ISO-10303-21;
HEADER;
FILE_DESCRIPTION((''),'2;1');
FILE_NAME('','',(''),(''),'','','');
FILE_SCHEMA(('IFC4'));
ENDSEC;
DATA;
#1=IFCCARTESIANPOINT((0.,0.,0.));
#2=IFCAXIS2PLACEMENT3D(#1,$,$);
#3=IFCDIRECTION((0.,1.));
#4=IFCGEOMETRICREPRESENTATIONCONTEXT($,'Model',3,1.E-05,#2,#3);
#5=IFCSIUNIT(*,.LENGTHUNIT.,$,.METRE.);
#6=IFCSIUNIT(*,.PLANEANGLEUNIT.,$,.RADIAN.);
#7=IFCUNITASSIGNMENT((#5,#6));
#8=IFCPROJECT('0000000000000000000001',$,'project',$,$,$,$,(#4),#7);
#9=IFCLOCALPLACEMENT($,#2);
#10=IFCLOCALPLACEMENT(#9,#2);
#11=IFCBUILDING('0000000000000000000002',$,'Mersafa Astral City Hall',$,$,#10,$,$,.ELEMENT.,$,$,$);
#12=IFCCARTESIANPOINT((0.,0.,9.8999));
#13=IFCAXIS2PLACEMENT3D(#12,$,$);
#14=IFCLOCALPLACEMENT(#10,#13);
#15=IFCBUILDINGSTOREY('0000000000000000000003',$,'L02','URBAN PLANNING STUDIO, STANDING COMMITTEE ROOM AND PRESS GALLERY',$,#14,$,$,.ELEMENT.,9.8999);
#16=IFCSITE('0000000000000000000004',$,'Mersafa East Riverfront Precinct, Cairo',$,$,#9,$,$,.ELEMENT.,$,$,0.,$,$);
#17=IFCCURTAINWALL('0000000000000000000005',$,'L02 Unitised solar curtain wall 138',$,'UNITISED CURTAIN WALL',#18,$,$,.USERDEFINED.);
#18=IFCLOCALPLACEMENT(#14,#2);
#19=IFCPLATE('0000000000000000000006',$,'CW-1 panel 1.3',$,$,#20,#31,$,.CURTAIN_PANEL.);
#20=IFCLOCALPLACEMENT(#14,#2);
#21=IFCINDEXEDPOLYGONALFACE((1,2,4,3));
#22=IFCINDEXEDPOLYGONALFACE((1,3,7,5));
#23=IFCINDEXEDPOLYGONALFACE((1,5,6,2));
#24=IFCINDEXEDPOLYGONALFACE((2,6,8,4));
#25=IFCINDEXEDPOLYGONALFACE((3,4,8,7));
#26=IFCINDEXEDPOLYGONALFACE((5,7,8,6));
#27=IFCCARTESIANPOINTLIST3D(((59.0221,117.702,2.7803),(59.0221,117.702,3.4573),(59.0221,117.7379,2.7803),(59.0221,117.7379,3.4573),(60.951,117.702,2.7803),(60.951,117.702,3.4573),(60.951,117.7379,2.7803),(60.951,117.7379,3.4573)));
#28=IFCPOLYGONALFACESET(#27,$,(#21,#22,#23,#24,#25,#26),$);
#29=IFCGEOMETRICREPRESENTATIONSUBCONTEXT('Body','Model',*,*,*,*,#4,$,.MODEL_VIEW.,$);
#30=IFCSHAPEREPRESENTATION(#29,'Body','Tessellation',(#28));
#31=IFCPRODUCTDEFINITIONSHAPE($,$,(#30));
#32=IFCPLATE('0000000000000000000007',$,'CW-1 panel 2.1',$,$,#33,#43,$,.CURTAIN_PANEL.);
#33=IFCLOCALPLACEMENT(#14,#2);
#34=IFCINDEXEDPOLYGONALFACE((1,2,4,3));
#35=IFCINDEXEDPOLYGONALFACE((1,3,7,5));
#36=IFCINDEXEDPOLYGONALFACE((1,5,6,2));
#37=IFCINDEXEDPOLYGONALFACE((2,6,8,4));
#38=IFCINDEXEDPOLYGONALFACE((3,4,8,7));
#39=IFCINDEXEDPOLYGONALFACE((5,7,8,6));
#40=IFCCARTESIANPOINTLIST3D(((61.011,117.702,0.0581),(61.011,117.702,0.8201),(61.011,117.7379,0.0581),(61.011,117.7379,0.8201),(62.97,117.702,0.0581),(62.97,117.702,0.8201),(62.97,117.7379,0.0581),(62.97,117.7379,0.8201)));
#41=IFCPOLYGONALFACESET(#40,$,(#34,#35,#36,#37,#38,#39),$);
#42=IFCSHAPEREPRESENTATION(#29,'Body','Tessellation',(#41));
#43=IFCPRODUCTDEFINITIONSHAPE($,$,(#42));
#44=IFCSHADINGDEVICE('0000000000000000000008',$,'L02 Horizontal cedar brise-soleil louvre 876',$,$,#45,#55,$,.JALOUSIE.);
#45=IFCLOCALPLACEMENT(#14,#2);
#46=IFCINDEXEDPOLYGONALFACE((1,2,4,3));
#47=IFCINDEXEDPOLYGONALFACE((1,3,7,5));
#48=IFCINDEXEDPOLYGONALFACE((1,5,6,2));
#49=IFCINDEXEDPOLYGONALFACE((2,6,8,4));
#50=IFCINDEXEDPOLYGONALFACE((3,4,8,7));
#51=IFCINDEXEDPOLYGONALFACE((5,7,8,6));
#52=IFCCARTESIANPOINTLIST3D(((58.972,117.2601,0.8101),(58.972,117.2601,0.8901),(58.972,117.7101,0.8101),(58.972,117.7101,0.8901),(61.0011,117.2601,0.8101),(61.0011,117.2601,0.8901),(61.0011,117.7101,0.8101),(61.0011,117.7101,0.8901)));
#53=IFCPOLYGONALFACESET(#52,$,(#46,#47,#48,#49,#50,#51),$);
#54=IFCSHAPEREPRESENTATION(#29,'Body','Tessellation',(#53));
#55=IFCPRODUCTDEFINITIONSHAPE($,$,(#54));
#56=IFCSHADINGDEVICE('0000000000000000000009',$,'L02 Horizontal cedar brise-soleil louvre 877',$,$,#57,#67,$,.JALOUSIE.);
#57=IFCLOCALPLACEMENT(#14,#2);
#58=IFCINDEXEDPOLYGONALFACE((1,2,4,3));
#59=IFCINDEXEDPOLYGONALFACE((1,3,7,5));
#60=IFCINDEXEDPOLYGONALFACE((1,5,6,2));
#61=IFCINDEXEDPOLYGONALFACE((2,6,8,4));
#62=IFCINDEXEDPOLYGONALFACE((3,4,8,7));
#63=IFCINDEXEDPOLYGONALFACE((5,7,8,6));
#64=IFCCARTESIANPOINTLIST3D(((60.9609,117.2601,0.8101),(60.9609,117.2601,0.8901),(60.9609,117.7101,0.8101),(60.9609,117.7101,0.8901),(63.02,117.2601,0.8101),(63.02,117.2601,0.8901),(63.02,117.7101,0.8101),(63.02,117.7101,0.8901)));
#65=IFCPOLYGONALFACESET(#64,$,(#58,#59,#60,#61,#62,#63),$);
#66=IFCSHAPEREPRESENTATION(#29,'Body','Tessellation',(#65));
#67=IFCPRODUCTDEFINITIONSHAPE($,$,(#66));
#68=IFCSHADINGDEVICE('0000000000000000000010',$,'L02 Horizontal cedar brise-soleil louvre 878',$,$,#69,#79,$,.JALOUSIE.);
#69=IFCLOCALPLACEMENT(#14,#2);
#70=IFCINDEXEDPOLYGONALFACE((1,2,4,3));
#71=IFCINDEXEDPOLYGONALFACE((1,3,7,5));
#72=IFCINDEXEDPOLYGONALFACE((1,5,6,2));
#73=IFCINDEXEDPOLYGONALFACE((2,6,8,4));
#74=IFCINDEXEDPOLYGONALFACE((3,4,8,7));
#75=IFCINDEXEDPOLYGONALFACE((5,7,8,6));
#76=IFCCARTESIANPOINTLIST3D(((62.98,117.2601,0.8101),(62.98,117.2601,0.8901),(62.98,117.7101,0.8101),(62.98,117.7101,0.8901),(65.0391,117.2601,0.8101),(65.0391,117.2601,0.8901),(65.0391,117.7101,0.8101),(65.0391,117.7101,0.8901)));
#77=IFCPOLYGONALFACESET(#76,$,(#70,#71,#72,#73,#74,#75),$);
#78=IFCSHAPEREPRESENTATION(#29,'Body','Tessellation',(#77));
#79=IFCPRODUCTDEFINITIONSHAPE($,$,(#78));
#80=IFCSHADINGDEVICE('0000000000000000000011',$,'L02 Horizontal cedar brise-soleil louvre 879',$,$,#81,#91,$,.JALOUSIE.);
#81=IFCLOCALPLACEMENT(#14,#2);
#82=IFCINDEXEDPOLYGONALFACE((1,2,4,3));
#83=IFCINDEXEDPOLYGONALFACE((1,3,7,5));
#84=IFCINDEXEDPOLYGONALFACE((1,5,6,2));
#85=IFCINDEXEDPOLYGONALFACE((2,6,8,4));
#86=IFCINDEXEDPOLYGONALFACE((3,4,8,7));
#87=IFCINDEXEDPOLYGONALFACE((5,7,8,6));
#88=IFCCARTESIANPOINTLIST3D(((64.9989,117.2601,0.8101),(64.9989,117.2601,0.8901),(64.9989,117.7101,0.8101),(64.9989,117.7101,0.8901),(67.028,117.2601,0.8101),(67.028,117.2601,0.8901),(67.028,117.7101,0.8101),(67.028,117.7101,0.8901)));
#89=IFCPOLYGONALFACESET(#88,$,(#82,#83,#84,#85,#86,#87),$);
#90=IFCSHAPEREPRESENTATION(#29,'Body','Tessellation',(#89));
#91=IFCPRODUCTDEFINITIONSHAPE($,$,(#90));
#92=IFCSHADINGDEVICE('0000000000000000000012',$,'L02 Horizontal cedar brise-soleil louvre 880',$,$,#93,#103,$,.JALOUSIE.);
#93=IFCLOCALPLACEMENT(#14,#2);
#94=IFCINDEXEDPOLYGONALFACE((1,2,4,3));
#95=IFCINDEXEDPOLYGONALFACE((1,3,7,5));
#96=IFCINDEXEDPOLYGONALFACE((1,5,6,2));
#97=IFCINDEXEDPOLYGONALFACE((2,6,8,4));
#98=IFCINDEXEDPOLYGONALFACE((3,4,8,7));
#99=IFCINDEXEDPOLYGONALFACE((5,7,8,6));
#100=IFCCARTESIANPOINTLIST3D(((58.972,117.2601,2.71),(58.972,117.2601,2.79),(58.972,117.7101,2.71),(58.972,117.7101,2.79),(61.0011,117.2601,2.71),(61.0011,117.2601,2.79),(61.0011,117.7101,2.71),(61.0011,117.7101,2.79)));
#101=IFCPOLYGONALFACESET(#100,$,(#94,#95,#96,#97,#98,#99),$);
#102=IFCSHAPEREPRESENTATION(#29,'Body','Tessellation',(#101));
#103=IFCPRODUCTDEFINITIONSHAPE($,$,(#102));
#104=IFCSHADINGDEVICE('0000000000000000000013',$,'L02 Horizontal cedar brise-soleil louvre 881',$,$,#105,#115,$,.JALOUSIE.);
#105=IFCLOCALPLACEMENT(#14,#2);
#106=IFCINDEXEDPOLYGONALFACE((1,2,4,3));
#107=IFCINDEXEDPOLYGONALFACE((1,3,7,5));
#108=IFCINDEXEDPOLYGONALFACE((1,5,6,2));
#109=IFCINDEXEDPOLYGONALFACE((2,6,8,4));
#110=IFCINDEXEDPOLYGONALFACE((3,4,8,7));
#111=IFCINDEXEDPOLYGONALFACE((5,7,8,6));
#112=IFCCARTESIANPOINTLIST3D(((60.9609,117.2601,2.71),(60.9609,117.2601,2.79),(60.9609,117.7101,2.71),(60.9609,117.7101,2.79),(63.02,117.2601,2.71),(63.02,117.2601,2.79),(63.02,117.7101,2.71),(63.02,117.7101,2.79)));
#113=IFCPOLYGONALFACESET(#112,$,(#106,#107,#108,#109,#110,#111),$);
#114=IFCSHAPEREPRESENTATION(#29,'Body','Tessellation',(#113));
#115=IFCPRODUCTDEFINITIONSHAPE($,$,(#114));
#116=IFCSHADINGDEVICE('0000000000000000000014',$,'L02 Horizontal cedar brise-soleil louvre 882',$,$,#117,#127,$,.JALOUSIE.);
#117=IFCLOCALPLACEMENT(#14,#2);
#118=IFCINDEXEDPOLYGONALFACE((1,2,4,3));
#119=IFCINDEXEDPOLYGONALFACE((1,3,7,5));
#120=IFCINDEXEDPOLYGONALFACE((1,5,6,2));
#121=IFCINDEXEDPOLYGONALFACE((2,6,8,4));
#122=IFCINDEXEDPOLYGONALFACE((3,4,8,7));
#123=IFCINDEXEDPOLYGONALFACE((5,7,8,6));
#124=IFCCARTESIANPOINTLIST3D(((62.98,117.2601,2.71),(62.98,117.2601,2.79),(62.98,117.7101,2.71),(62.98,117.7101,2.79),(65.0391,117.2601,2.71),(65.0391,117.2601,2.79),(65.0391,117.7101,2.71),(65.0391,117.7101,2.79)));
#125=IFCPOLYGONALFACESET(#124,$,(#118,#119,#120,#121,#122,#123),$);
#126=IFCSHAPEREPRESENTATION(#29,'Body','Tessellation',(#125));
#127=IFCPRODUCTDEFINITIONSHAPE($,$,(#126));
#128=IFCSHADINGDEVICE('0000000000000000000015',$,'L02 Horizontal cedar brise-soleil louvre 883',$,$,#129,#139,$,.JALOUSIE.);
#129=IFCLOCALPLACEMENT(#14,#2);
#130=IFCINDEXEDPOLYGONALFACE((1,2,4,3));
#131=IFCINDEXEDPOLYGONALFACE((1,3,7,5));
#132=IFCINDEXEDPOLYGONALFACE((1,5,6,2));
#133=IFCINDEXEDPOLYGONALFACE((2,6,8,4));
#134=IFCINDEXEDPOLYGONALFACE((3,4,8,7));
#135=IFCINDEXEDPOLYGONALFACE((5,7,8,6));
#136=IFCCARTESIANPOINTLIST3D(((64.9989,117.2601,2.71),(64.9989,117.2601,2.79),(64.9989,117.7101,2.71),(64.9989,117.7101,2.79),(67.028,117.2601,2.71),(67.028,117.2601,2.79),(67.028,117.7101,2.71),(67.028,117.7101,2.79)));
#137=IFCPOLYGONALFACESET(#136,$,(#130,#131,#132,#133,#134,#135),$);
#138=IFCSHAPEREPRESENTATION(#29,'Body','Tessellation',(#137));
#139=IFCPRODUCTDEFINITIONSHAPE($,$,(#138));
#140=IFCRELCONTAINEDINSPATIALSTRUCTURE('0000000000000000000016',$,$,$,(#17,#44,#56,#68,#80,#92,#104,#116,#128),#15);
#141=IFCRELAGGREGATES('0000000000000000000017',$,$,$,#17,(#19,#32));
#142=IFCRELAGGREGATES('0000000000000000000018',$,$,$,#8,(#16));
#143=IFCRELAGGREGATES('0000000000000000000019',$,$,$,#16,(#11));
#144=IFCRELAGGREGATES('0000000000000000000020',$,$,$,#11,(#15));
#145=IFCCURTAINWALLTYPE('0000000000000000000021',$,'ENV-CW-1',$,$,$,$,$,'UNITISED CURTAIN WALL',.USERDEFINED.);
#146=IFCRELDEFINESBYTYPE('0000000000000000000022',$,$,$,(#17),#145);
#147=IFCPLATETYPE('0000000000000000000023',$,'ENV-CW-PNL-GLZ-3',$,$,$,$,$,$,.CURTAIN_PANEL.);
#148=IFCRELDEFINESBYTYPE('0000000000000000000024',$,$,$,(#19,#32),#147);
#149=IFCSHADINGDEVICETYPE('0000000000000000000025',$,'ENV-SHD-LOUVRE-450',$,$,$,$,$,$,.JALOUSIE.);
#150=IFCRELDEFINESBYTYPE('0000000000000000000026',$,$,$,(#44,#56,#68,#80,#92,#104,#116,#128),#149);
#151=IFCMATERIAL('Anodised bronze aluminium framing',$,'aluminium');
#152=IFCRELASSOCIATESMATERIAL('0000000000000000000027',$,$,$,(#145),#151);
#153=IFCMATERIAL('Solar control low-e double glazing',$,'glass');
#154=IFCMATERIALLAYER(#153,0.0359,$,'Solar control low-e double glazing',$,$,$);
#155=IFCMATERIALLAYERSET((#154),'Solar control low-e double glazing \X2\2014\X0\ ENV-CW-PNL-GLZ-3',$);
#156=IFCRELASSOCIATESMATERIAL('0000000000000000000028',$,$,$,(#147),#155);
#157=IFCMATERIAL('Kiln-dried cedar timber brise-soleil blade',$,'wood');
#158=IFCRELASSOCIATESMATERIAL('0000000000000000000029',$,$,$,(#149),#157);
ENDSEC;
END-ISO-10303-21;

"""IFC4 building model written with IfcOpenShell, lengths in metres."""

from ifc_helpers import new_model, si_unit, direction, frame, origin, origin_2d, place, context, subcontext, project, spatial, rectangle, extrude, material, layer, layer_set, type_object, element, aggregate, save


model = new_model("IFC4")

# Units and contexts
model_context = context("Model", 3, precision=1e-05, world=origin(), true_north=direction((0.0, 1.0)))
body_context = subcontext(model_context, "Body", "Model", "MODEL_VIEW")
ifc_project = project(units=[si_unit("LENGTHUNIT", "METRE"), si_unit("PLANEANGLEUNIT", "RADIAN")], contexts=[model_context])

# Site, building, storey
site_placement = place(None, origin())
site = spatial("IfcSite", under=ifc_project, at=site_placement, Name="Mersafa East Riverfront Precinct, Cairo", CompositionType="ELEMENT", RefElevation=0.0)
building_placement = place(site_placement, origin())
building = spatial("IfcBuilding", under=site, at=building_placement, Name="Mersafa Astral City Hall", CompositionType="ELEMENT")
storey_placement = place(building_placement, frame((0.0, 0.0, 9.8999)))
storey = spatial("IfcBuildingStorey", under=building, at=storey_placement, Name="L02", Description="URBAN PLANNING STUDIO, STANDING COMMITTEE ROOM AND PRESS GALLERY", CompositionType="ELEMENT", Elevation=9.8999)

# Curtain wall
ifc_material_1 = material(Name="Anodised bronze aluminium framing", Category="aluminium")
curtain_wall_type = type_object("IfcCurtainWallType", Name="ENV-CW-1", ElementType="UNITISED CURTAIN WALL", PredefinedType="USERDEFINED", material=ifc_material_1)
curtain_wall_placement = place(storey_placement, origin())
curtain_wall = element("IfcCurtainWall", 1, at=curtain_wall_placement, inside=storey, type_object=curtain_wall_type, Name="L02 Unitised solar curtain wall 138", ObjectType="UNITISED CURTAIN WALL", PredefinedType="USERDEFINED")

# Plates
ifc_material_2 = material(Name="Solar control low-e double glazing", Category="glass")
ifc_layer = layer(ifc_material_2, 0.0359, Name="Solar control low-e double glazing")
ifc_layer_set = layer_set([ifc_layer], Name="Solar control low-e double glazing — ENV-CW-PNL-GLZ-3")
plate_type = type_object("IfcPlateType", Name="ENV-CW-PNL-GLZ-3", PredefinedType="CURTAIN_PANEL", material=ifc_layer_set)
plate_1_placement = place(storey_placement, frame((59.9866, 117.72, 2.7803), z_axis=(0.0, 0.0, 1.0), x_axis=(1.0, 0.0, 0.0)))
plate_1 = element("IfcPlate", 2, at=plate_1_placement, type_object=plate_type, Name="CW-1 panel 1.3", PredefinedType="CURTAIN_PANEL", context=body_context, shape_type="SweptSolid", body=[
    extrude(rectangle(XDim=1.929, YDim=0.0359, at=origin_2d()), origin(), (0.0, 0.0, 1.0), 0.677),
])
plate_2_placement = place(storey_placement, frame((61.9905, 117.72, 0.0581), z_axis=(0.0, 0.0, 1.0), x_axis=(1.0, 0.0, 0.0)))
plate_2 = element("IfcPlate", 3, at=plate_2_placement, type_object=plate_type, Name="CW-1 panel 2.1", PredefinedType="CURTAIN_PANEL", context=body_context, shape_type="SweptSolid", body=[
    extrude(rectangle(XDim=1.959, YDim=0.0359, at=origin_2d()), origin(), (0.0, 0.0, 1.0), 0.762),
])
aggregate(curtain_wall, [plate_1, plate_2])

# Shading devices
ifc_material_3 = material(Name="Kiln-dried cedar timber brise-soleil blade", Category="wood")
shading_device_type = type_object("IfcShadingDeviceType", Name="ENV-SHD-LOUVRE-450", PredefinedType="JALOUSIE", material=ifc_material_3)
shading_device_1_placement = place(storey_placement, frame((59.9866, 117.4851, 0.8101), z_axis=(0.0, 0.0, 1.0), x_axis=(1.0, 0.0, 0.0)))
element("IfcShadingDevice", 4, at=shading_device_1_placement, inside=storey, type_object=shading_device_type, Name="L02 Horizontal cedar brise-soleil louvre 876", PredefinedType="JALOUSIE", context=body_context, shape_type="SweptSolid", body=[
    extrude(rectangle(XDim=2.0291, YDim=0.45, at=origin_2d()), origin(), (0.0, 0.0, 1.0), 0.0801),
])
for number, where, z_axis, x_axis, name in (
    (5, (61.9905, 117.4851, 0.8101), (0.0, 0.0, 1.0), (1.0, 0.0, 0.0), "L02 Horizontal cedar brise-soleil louvre 877"),
    (6, (64.0095, 117.4851, 0.8101), (0.0, 0.0, 1.0), (1.0, 0.0, 0.0), "L02 Horizontal cedar brise-soleil louvre 878"),
):
    element("IfcShadingDevice", number, at=place(storey_placement, frame(where, z_axis=z_axis, x_axis=x_axis)), inside=storey, type_object=shading_device_type, Name=name, PredefinedType="JALOUSIE", context=body_context, shape_type="SweptSolid", body=[
        extrude(rectangle(XDim=2.0591, YDim=0.45, at=origin_2d()), origin(), (0.0, 0.0, 1.0), 0.0801),
    ])
for number, where, z_axis, x_axis, name in (
    (7, (66.0134, 117.4851, 0.8101), (0.0, 0.0, 1.0), (1.0, 0.0, 0.0), "L02 Horizontal cedar brise-soleil louvre 879"),
    (8, (59.9866, 117.4851, 2.71), (0.0, 0.0, 1.0), (1.0, 0.0, 0.0), "L02 Horizontal cedar brise-soleil louvre 880"),
):
    element("IfcShadingDevice", number, at=place(storey_placement, frame(where, z_axis=z_axis, x_axis=x_axis)), inside=storey, type_object=shading_device_type, Name=name, PredefinedType="JALOUSIE", context=body_context, shape_type="SweptSolid", body=[
        extrude(rectangle(XDim=2.0291, YDim=0.45, at=origin_2d()), origin(), (0.0, 0.0, 1.0), 0.0801),
    ])
for number, where, z_axis, x_axis, name in (
    (9, (61.9905, 117.4851, 2.71), (0.0, 0.0, 1.0), (1.0, 0.0, 0.0), "L02 Horizontal cedar brise-soleil louvre 881"),
    (10, (64.0095, 117.4851, 2.71), (0.0, 0.0, 1.0), (1.0, 0.0, 0.0), "L02 Horizontal cedar brise-soleil louvre 882"),
):
    element("IfcShadingDevice", number, at=place(storey_placement, frame(where, z_axis=z_axis, x_axis=x_axis)), inside=storey, type_object=shading_device_type, Name=name, PredefinedType="JALOUSIE", context=body_context, shape_type="SweptSolid", body=[
        extrude(rectangle(XDim=2.0591, YDim=0.45, at=origin_2d()), origin(), (0.0, 0.0, 1.0), 0.0801),
    ])
shading_device_2_placement = place(storey_placement, frame((66.0134, 117.4851, 2.71), z_axis=(0.0, 0.0, 1.0), x_axis=(1.0, 0.0, 0.0)))
element("IfcShadingDevice", 11, at=shading_device_2_placement, inside=storey, type_object=shading_device_type, Name="L02 Horizontal cedar brise-soleil louvre 883", PredefinedType="JALOUSIE", context=body_context, shape_type="SweptSolid", body=[
    extrude(rectangle(XDim=2.0291, YDim=0.45, at=origin_2d()), origin(), (0.0, 0.0, 1.0), 0.0801),
])

save(model, "model.ifc")
